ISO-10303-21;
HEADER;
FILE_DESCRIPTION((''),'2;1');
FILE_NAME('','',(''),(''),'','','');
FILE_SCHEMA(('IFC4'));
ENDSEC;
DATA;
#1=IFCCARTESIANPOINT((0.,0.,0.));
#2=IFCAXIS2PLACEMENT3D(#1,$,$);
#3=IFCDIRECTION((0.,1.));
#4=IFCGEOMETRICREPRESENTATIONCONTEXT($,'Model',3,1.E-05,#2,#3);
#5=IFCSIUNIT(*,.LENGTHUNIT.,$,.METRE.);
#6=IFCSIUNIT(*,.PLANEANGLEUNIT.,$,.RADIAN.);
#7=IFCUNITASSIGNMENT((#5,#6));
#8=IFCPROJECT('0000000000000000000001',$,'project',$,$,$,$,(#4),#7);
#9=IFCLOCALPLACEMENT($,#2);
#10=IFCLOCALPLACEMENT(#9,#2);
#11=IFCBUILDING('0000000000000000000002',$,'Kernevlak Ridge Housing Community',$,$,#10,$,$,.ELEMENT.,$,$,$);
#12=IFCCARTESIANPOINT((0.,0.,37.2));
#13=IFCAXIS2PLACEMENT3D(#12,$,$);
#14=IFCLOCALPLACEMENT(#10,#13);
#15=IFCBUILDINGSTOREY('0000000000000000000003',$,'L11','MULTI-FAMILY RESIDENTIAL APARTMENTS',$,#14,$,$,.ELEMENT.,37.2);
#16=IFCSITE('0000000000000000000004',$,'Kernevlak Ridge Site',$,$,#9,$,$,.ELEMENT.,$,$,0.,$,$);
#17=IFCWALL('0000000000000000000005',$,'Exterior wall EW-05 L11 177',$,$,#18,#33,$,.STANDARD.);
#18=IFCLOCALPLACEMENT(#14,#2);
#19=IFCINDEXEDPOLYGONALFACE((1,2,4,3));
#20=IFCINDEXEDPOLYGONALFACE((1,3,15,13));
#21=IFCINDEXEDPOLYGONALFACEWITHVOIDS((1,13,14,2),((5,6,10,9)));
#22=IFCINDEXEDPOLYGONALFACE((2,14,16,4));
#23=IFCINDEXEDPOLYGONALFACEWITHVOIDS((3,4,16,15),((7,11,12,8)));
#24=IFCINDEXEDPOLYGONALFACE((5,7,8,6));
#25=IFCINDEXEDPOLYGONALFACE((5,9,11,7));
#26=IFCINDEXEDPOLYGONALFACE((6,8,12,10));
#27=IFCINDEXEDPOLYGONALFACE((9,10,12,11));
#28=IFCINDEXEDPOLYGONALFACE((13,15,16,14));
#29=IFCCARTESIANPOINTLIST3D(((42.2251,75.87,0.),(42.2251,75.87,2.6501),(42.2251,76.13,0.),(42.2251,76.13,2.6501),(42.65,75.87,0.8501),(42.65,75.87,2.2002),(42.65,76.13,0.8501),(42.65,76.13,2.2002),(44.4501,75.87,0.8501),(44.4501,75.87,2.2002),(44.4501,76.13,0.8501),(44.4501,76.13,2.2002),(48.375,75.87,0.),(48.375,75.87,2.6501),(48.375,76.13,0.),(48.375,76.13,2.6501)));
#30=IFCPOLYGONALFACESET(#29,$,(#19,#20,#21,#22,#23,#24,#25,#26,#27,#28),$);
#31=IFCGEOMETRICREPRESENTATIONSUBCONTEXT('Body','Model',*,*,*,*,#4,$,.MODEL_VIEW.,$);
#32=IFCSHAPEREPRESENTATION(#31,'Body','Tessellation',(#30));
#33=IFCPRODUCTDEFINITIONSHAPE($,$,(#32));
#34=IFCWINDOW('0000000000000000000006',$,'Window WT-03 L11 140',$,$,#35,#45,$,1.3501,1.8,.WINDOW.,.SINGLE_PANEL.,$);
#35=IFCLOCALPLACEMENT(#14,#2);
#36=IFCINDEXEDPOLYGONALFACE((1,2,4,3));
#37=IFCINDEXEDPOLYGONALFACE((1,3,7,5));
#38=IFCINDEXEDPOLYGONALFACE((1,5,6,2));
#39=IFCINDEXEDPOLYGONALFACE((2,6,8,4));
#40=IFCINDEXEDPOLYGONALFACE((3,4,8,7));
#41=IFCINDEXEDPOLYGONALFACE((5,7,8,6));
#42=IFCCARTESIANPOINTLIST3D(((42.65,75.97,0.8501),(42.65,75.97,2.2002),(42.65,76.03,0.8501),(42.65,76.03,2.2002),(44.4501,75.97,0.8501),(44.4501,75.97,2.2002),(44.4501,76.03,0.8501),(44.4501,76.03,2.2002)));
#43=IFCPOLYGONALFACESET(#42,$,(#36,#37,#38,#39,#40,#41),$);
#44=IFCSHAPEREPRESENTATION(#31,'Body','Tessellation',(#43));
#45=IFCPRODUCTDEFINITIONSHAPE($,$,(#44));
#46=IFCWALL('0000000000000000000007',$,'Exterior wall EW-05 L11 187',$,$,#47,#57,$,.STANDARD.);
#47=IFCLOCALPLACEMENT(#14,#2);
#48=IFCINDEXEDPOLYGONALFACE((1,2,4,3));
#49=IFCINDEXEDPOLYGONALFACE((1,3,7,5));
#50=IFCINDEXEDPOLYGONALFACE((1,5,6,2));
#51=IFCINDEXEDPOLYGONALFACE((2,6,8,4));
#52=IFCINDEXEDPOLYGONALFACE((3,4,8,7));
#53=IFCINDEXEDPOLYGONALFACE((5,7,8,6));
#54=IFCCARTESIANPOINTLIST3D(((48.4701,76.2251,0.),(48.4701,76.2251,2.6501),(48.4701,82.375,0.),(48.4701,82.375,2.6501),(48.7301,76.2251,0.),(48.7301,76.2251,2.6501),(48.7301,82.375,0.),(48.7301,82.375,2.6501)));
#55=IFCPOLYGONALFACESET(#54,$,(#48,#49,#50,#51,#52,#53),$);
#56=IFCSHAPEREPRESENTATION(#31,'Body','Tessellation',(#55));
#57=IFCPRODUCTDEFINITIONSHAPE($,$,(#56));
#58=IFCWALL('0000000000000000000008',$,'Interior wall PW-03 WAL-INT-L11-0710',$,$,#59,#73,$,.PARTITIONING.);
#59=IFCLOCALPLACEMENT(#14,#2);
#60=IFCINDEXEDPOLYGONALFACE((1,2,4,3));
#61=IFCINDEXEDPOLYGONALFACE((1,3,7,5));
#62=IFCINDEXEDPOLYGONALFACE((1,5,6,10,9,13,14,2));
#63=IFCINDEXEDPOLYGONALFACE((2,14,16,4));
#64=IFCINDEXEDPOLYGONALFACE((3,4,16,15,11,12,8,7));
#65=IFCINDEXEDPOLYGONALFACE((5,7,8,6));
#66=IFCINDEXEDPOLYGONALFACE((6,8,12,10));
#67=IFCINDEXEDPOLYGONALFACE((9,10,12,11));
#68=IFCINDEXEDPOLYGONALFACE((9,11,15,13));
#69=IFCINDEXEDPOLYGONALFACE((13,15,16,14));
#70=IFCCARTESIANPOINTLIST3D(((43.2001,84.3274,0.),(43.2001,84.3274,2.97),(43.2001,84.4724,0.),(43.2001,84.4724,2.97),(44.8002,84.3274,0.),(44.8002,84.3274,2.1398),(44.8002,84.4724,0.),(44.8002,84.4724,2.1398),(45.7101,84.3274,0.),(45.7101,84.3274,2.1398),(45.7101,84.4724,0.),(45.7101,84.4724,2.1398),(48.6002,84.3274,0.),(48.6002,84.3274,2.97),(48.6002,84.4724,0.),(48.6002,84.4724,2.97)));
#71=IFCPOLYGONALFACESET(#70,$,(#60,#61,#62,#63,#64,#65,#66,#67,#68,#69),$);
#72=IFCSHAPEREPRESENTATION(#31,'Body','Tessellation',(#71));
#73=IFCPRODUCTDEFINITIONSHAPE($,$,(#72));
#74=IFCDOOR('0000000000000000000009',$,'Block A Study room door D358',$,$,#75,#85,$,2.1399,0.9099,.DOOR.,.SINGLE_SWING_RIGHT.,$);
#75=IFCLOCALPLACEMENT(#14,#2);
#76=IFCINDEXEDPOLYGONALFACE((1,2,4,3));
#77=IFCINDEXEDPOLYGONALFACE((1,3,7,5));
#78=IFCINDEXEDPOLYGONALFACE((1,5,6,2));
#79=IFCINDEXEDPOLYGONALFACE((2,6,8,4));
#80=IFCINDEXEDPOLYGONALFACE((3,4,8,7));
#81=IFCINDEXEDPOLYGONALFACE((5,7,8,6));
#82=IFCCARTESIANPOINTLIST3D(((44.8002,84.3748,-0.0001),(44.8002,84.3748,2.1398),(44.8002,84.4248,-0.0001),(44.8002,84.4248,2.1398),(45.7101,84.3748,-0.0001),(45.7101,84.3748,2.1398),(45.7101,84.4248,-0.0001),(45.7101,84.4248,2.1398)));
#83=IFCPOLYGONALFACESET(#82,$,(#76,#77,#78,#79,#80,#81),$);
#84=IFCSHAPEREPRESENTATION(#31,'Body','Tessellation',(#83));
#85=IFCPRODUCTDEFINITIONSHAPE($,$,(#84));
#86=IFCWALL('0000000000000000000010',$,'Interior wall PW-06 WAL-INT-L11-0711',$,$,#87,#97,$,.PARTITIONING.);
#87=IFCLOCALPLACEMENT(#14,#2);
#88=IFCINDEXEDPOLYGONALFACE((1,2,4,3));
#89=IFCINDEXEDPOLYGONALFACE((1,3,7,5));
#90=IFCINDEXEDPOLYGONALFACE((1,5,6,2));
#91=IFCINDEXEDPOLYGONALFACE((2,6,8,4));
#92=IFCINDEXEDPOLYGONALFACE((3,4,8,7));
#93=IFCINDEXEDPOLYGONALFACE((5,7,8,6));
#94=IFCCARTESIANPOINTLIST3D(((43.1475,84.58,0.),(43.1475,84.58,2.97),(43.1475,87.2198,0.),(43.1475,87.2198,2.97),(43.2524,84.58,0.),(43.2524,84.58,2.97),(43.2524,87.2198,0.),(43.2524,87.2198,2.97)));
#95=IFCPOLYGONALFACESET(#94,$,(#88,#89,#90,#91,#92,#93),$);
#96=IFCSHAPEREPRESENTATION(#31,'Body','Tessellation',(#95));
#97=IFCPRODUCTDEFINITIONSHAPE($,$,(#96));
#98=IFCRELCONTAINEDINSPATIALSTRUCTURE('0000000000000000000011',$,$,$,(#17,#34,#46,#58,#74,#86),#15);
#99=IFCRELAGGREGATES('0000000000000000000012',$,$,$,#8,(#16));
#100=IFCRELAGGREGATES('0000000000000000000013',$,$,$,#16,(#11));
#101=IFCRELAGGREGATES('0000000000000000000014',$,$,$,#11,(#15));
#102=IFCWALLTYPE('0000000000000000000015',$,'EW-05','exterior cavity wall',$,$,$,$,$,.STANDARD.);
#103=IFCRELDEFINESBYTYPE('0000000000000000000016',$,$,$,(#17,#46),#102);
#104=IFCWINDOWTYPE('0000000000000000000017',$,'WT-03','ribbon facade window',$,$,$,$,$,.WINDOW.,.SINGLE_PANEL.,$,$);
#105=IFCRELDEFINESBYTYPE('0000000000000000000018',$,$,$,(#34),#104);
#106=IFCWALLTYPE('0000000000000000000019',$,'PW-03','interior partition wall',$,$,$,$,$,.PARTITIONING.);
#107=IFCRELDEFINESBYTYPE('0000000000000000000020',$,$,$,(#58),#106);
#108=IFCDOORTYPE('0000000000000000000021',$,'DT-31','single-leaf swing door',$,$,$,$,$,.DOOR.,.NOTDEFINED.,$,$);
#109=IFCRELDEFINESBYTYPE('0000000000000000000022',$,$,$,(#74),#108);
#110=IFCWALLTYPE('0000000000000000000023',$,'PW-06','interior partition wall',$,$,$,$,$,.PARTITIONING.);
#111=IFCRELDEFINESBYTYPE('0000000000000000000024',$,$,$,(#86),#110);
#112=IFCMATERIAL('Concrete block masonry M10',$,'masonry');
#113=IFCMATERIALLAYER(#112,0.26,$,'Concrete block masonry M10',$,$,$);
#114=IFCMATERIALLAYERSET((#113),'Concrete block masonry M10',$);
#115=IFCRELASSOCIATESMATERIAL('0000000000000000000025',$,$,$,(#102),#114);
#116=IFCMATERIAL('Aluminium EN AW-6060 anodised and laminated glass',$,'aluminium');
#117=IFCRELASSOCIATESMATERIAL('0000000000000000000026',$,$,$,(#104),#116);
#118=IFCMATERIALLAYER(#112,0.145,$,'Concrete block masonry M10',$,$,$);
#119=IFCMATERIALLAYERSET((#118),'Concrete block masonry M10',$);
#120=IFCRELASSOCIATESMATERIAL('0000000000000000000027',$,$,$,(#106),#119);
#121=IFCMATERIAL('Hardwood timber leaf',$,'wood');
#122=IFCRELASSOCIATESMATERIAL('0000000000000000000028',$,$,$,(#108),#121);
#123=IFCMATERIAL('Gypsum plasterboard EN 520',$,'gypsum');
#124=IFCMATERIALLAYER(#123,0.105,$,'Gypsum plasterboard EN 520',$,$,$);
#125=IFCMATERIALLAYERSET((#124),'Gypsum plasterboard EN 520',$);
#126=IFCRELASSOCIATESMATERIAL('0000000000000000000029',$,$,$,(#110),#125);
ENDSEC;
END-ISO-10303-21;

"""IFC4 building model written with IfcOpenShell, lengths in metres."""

from ifc_helpers import new_model, si_unit, direction, frame, frame_2d, origin, place, context, subcontext, project, spatial, rectangle, extrude, material, layer, layer_set, type_object, element, fill, save


model = new_model("IFC4")

# Units and contexts
model_context = context("Model", 3, precision=1e-05, world=origin(), true_north=direction((0.0, 1.0)))
body_context = subcontext(model_context, "Body", "Model", "MODEL_VIEW")
ifc_project = project(units=[si_unit("LENGTHUNIT", "METRE"), si_unit("PLANEANGLEUNIT", "RADIAN")], contexts=[model_context])

# Site, building, storey
site_placement = place(None, origin())
site = spatial("IfcSite", under=ifc_project, at=site_placement, Name="Kernevlak Ridge Site", CompositionType="ELEMENT", RefElevation=0.0)
building_placement = place(site_placement, origin())
building = spatial("IfcBuilding", under=site, at=building_placement, Name="Kernevlak Ridge Housing Community", CompositionType="ELEMENT")
storey_placement = place(building_placement, frame((0.0, 0.0, 37.2)))
storey = spatial("IfcBuildingStorey", under=building, at=storey_placement, Name="L11", Description="MULTI-FAMILY RESIDENTIAL APARTMENTS", CompositionType="ELEMENT", Elevation=37.2)

# Shared definitions
ifc_material_1 = material(Name="Aluminium EN AW-6060 anodised and laminated glass", Category="aluminium")

# Wall, opening, window
ifc_material_2 = material(Name="Concrete block masonry M10", Category="masonry")
ifc_layer_1 = layer(ifc_material_2, 0.26, Name="Concrete block masonry M10")
ifc_layer_set_1 = layer_set([ifc_layer_1], Name="Concrete block masonry M10")
wall_type_1 = type_object("IfcWallType", Name="EW-05", Description="exterior cavity wall", PredefinedType="STANDARD", material=ifc_layer_set_1)
wall_1_placement = place(storey_placement, frame((42.2251, 76.0, 0.0), z_axis=(0.0, 0.0, 1.0), x_axis=(1.0, 0.0, 0.0)))
wall_1 = element("IfcWall", 1, at=wall_1_placement, inside=storey, type_object=wall_type_1, Name="Exterior wall EW-05 L11 177", PredefinedType="STANDARD", context=body_context, shape_type="SweptSolid", body=[
    extrude(rectangle(XDim=6.1499, YDim=0.26, at=frame_2d((3.075, 0.0))), origin(), (0.0, 0.0, 1.0), 2.6501),
])
opening_1_placement = place(wall_1_placement, frame((0.425, 0.0, 0.8501)))
opening_1 = element("IfcOpeningElement", 2, at=opening_1_placement, cuts=wall_1, PredefinedType="OPENING", context=body_context, shape_type="SweptSolid", body=[
    extrude(rectangle(XDim=1.8, YDim=1.3501, at=frame_2d((0.8999, 0.675))), frame((0.0, 0.1399, 0.0), z_axis=(0.0, -1.0, 0.0), x_axis=(1.0, 0.0, 0.0)), (0.0, 0.0, 1.0), 0.28),
])
window_type = type_object("IfcWindowType", Name="WT-03", Description="ribbon facade window", PartitioningType="SINGLE_PANEL", PredefinedType="WINDOW", material=ifc_material_1)
window_placement = place(opening_1_placement, origin())
window = element("IfcWindow", 3, at=window_placement, inside=storey, type_object=window_type, Name="Window WT-03 L11 140", OverallHeight=1.3501, OverallWidth=1.8, PartitioningType="SINGLE_PANEL", PredefinedType="WINDOW", context=body_context, shape_type="SweptSolid", body=[
    extrude(rectangle(XDim=1.8, YDim=1.3501, at=frame_2d((0.8999, 0.675))), frame((0.0, 0.03, 0.0), z_axis=(0.0, -1.0, 0.0), x_axis=(1.0, 0.0, 0.0)), (0.0, 0.0, 1.0), 0.0601),
])
fill(opening_1, window)

# Wall
wall_2_placement = place(storey_placement, frame((48.6001, 76.2251, 0.0), z_axis=(0.0, 0.0, 1.0), x_axis=(0.0, 1.0, 0.0)))
element("IfcWall", 4, at=wall_2_placement, inside=storey, type_object=wall_type_1, Name="Exterior wall EW-05 L11 187", PredefinedType="STANDARD", context=body_context, shape_type="SweptSolid", body=[
    extrude(rectangle(XDim=6.1499, YDim=0.26, at=frame_2d((3.075, 0.0))), origin(), (0.0, 0.0, 1.0), 2.6501),
])

# Wall, opening, door
ifc_layer_2 = layer(ifc_material_2, 0.145, Name="Concrete block masonry M10")
ifc_layer_set_2 = layer_set([ifc_layer_2], Name="Concrete block masonry M10")
wall_type_2 = type_object("IfcWallType", Name="PW-03", Description="interior partition wall", PredefinedType="PARTITIONING", material=ifc_layer_set_2)
wall_3_placement = place(storey_placement, frame((43.2, 84.3999, 0.0), z_axis=(0.0, 0.0, 1.0), x_axis=(1.0, 0.0, 0.0)))
wall_3 = element("IfcWall", 5, at=wall_3_placement, inside=storey, type_object=wall_type_2, Name="Interior wall PW-03 WAL-INT-L11-0710", PredefinedType="PARTITIONING", context=body_context, shape_type="SweptSolid", body=[
    extrude(rectangle(XDim=5.4001, YDim=0.145, at=frame_2d((2.7002, 0.0))), origin(), (0.0, 0.0, 1.0), 2.97),
])
opening_2_placement = place(wall_3_placement, frame((1.6001, 0.0, 0.0)))
opening_2 = element("IfcOpeningElement", 6, at=opening_2_placement, cuts=wall_3, PredefinedType="OPENING", context=body_context, shape_type="SweptSolid", body=[
    extrude(rectangle(XDim=0.9099, YDim=2.1399, at=frame_2d((0.4551, 1.0698))), frame((0.0, 0.0825, 0.0), z_axis=(0.0, -1.0, 0.0), x_axis=(1.0, 0.0, 0.0)), (0.0, 0.0, 1.0), 0.165),
])
ifc_material_3 = material(Name="Hardwood timber leaf", Category="wood")
door_type = type_object("IfcDoorType", Name="DT-31", Description="single-leaf swing door", OperationType="NOTDEFINED", PredefinedType="DOOR", material=ifc_material_3)
door_placement = place(opening_2_placement, origin())
door = element("IfcDoor", 7, at=door_placement, inside=storey, type_object=door_type, Name="Block A Study room door D358", OperationType="SINGLE_SWING_RIGHT", OverallHeight=2.1399, OverallWidth=0.9099, PredefinedType="DOOR", context=body_context, shape_type="SweptSolid", body=[
    extrude(rectangle(XDim=0.9099, YDim=2.1399, at=frame_2d((0.4551, 1.0698))), frame((0.0, 0.0249, 0.0), z_axis=(0.0, -1.0, 0.0), x_axis=(1.0, 0.0, 0.0)), (0.0, 0.0, 1.0), 0.05),
])
fill(opening_2, door)

# Wall
ifc_material_4 = material(Name="Gypsum plasterboard EN 520", Category="gypsum")
ifc_layer_3 = layer(ifc_material_4, 0.105, Name="Gypsum plasterboard EN 520")
ifc_layer_set_3 = layer_set([ifc_layer_3], Name="Gypsum plasterboard EN 520")
wall_type_3 = type_object("IfcWallType", Name="PW-06", Description="interior partition wall", PredefinedType="PARTITIONING", material=ifc_layer_set_3)
wall_4_placement = place(storey_placement, frame((43.2, 84.5801, 0.0), z_axis=(0.0, 0.0, 1.0), x_axis=(0.0, 1.0, 0.0)))
element("IfcWall", 8, at=wall_4_placement, inside=storey, type_object=wall_type_3, Name="Interior wall PW-06 WAL-INT-L11-0711", PredefinedType="PARTITIONING", context=body_context, shape_type="SweptSolid", body=[
    extrude(rectangle(XDim=2.6399, YDim=0.105, at=frame_2d((1.3198, 0.0))), origin(), (0.0, 0.0, 1.0), 2.97),
])

save(model, "model.ifc")
